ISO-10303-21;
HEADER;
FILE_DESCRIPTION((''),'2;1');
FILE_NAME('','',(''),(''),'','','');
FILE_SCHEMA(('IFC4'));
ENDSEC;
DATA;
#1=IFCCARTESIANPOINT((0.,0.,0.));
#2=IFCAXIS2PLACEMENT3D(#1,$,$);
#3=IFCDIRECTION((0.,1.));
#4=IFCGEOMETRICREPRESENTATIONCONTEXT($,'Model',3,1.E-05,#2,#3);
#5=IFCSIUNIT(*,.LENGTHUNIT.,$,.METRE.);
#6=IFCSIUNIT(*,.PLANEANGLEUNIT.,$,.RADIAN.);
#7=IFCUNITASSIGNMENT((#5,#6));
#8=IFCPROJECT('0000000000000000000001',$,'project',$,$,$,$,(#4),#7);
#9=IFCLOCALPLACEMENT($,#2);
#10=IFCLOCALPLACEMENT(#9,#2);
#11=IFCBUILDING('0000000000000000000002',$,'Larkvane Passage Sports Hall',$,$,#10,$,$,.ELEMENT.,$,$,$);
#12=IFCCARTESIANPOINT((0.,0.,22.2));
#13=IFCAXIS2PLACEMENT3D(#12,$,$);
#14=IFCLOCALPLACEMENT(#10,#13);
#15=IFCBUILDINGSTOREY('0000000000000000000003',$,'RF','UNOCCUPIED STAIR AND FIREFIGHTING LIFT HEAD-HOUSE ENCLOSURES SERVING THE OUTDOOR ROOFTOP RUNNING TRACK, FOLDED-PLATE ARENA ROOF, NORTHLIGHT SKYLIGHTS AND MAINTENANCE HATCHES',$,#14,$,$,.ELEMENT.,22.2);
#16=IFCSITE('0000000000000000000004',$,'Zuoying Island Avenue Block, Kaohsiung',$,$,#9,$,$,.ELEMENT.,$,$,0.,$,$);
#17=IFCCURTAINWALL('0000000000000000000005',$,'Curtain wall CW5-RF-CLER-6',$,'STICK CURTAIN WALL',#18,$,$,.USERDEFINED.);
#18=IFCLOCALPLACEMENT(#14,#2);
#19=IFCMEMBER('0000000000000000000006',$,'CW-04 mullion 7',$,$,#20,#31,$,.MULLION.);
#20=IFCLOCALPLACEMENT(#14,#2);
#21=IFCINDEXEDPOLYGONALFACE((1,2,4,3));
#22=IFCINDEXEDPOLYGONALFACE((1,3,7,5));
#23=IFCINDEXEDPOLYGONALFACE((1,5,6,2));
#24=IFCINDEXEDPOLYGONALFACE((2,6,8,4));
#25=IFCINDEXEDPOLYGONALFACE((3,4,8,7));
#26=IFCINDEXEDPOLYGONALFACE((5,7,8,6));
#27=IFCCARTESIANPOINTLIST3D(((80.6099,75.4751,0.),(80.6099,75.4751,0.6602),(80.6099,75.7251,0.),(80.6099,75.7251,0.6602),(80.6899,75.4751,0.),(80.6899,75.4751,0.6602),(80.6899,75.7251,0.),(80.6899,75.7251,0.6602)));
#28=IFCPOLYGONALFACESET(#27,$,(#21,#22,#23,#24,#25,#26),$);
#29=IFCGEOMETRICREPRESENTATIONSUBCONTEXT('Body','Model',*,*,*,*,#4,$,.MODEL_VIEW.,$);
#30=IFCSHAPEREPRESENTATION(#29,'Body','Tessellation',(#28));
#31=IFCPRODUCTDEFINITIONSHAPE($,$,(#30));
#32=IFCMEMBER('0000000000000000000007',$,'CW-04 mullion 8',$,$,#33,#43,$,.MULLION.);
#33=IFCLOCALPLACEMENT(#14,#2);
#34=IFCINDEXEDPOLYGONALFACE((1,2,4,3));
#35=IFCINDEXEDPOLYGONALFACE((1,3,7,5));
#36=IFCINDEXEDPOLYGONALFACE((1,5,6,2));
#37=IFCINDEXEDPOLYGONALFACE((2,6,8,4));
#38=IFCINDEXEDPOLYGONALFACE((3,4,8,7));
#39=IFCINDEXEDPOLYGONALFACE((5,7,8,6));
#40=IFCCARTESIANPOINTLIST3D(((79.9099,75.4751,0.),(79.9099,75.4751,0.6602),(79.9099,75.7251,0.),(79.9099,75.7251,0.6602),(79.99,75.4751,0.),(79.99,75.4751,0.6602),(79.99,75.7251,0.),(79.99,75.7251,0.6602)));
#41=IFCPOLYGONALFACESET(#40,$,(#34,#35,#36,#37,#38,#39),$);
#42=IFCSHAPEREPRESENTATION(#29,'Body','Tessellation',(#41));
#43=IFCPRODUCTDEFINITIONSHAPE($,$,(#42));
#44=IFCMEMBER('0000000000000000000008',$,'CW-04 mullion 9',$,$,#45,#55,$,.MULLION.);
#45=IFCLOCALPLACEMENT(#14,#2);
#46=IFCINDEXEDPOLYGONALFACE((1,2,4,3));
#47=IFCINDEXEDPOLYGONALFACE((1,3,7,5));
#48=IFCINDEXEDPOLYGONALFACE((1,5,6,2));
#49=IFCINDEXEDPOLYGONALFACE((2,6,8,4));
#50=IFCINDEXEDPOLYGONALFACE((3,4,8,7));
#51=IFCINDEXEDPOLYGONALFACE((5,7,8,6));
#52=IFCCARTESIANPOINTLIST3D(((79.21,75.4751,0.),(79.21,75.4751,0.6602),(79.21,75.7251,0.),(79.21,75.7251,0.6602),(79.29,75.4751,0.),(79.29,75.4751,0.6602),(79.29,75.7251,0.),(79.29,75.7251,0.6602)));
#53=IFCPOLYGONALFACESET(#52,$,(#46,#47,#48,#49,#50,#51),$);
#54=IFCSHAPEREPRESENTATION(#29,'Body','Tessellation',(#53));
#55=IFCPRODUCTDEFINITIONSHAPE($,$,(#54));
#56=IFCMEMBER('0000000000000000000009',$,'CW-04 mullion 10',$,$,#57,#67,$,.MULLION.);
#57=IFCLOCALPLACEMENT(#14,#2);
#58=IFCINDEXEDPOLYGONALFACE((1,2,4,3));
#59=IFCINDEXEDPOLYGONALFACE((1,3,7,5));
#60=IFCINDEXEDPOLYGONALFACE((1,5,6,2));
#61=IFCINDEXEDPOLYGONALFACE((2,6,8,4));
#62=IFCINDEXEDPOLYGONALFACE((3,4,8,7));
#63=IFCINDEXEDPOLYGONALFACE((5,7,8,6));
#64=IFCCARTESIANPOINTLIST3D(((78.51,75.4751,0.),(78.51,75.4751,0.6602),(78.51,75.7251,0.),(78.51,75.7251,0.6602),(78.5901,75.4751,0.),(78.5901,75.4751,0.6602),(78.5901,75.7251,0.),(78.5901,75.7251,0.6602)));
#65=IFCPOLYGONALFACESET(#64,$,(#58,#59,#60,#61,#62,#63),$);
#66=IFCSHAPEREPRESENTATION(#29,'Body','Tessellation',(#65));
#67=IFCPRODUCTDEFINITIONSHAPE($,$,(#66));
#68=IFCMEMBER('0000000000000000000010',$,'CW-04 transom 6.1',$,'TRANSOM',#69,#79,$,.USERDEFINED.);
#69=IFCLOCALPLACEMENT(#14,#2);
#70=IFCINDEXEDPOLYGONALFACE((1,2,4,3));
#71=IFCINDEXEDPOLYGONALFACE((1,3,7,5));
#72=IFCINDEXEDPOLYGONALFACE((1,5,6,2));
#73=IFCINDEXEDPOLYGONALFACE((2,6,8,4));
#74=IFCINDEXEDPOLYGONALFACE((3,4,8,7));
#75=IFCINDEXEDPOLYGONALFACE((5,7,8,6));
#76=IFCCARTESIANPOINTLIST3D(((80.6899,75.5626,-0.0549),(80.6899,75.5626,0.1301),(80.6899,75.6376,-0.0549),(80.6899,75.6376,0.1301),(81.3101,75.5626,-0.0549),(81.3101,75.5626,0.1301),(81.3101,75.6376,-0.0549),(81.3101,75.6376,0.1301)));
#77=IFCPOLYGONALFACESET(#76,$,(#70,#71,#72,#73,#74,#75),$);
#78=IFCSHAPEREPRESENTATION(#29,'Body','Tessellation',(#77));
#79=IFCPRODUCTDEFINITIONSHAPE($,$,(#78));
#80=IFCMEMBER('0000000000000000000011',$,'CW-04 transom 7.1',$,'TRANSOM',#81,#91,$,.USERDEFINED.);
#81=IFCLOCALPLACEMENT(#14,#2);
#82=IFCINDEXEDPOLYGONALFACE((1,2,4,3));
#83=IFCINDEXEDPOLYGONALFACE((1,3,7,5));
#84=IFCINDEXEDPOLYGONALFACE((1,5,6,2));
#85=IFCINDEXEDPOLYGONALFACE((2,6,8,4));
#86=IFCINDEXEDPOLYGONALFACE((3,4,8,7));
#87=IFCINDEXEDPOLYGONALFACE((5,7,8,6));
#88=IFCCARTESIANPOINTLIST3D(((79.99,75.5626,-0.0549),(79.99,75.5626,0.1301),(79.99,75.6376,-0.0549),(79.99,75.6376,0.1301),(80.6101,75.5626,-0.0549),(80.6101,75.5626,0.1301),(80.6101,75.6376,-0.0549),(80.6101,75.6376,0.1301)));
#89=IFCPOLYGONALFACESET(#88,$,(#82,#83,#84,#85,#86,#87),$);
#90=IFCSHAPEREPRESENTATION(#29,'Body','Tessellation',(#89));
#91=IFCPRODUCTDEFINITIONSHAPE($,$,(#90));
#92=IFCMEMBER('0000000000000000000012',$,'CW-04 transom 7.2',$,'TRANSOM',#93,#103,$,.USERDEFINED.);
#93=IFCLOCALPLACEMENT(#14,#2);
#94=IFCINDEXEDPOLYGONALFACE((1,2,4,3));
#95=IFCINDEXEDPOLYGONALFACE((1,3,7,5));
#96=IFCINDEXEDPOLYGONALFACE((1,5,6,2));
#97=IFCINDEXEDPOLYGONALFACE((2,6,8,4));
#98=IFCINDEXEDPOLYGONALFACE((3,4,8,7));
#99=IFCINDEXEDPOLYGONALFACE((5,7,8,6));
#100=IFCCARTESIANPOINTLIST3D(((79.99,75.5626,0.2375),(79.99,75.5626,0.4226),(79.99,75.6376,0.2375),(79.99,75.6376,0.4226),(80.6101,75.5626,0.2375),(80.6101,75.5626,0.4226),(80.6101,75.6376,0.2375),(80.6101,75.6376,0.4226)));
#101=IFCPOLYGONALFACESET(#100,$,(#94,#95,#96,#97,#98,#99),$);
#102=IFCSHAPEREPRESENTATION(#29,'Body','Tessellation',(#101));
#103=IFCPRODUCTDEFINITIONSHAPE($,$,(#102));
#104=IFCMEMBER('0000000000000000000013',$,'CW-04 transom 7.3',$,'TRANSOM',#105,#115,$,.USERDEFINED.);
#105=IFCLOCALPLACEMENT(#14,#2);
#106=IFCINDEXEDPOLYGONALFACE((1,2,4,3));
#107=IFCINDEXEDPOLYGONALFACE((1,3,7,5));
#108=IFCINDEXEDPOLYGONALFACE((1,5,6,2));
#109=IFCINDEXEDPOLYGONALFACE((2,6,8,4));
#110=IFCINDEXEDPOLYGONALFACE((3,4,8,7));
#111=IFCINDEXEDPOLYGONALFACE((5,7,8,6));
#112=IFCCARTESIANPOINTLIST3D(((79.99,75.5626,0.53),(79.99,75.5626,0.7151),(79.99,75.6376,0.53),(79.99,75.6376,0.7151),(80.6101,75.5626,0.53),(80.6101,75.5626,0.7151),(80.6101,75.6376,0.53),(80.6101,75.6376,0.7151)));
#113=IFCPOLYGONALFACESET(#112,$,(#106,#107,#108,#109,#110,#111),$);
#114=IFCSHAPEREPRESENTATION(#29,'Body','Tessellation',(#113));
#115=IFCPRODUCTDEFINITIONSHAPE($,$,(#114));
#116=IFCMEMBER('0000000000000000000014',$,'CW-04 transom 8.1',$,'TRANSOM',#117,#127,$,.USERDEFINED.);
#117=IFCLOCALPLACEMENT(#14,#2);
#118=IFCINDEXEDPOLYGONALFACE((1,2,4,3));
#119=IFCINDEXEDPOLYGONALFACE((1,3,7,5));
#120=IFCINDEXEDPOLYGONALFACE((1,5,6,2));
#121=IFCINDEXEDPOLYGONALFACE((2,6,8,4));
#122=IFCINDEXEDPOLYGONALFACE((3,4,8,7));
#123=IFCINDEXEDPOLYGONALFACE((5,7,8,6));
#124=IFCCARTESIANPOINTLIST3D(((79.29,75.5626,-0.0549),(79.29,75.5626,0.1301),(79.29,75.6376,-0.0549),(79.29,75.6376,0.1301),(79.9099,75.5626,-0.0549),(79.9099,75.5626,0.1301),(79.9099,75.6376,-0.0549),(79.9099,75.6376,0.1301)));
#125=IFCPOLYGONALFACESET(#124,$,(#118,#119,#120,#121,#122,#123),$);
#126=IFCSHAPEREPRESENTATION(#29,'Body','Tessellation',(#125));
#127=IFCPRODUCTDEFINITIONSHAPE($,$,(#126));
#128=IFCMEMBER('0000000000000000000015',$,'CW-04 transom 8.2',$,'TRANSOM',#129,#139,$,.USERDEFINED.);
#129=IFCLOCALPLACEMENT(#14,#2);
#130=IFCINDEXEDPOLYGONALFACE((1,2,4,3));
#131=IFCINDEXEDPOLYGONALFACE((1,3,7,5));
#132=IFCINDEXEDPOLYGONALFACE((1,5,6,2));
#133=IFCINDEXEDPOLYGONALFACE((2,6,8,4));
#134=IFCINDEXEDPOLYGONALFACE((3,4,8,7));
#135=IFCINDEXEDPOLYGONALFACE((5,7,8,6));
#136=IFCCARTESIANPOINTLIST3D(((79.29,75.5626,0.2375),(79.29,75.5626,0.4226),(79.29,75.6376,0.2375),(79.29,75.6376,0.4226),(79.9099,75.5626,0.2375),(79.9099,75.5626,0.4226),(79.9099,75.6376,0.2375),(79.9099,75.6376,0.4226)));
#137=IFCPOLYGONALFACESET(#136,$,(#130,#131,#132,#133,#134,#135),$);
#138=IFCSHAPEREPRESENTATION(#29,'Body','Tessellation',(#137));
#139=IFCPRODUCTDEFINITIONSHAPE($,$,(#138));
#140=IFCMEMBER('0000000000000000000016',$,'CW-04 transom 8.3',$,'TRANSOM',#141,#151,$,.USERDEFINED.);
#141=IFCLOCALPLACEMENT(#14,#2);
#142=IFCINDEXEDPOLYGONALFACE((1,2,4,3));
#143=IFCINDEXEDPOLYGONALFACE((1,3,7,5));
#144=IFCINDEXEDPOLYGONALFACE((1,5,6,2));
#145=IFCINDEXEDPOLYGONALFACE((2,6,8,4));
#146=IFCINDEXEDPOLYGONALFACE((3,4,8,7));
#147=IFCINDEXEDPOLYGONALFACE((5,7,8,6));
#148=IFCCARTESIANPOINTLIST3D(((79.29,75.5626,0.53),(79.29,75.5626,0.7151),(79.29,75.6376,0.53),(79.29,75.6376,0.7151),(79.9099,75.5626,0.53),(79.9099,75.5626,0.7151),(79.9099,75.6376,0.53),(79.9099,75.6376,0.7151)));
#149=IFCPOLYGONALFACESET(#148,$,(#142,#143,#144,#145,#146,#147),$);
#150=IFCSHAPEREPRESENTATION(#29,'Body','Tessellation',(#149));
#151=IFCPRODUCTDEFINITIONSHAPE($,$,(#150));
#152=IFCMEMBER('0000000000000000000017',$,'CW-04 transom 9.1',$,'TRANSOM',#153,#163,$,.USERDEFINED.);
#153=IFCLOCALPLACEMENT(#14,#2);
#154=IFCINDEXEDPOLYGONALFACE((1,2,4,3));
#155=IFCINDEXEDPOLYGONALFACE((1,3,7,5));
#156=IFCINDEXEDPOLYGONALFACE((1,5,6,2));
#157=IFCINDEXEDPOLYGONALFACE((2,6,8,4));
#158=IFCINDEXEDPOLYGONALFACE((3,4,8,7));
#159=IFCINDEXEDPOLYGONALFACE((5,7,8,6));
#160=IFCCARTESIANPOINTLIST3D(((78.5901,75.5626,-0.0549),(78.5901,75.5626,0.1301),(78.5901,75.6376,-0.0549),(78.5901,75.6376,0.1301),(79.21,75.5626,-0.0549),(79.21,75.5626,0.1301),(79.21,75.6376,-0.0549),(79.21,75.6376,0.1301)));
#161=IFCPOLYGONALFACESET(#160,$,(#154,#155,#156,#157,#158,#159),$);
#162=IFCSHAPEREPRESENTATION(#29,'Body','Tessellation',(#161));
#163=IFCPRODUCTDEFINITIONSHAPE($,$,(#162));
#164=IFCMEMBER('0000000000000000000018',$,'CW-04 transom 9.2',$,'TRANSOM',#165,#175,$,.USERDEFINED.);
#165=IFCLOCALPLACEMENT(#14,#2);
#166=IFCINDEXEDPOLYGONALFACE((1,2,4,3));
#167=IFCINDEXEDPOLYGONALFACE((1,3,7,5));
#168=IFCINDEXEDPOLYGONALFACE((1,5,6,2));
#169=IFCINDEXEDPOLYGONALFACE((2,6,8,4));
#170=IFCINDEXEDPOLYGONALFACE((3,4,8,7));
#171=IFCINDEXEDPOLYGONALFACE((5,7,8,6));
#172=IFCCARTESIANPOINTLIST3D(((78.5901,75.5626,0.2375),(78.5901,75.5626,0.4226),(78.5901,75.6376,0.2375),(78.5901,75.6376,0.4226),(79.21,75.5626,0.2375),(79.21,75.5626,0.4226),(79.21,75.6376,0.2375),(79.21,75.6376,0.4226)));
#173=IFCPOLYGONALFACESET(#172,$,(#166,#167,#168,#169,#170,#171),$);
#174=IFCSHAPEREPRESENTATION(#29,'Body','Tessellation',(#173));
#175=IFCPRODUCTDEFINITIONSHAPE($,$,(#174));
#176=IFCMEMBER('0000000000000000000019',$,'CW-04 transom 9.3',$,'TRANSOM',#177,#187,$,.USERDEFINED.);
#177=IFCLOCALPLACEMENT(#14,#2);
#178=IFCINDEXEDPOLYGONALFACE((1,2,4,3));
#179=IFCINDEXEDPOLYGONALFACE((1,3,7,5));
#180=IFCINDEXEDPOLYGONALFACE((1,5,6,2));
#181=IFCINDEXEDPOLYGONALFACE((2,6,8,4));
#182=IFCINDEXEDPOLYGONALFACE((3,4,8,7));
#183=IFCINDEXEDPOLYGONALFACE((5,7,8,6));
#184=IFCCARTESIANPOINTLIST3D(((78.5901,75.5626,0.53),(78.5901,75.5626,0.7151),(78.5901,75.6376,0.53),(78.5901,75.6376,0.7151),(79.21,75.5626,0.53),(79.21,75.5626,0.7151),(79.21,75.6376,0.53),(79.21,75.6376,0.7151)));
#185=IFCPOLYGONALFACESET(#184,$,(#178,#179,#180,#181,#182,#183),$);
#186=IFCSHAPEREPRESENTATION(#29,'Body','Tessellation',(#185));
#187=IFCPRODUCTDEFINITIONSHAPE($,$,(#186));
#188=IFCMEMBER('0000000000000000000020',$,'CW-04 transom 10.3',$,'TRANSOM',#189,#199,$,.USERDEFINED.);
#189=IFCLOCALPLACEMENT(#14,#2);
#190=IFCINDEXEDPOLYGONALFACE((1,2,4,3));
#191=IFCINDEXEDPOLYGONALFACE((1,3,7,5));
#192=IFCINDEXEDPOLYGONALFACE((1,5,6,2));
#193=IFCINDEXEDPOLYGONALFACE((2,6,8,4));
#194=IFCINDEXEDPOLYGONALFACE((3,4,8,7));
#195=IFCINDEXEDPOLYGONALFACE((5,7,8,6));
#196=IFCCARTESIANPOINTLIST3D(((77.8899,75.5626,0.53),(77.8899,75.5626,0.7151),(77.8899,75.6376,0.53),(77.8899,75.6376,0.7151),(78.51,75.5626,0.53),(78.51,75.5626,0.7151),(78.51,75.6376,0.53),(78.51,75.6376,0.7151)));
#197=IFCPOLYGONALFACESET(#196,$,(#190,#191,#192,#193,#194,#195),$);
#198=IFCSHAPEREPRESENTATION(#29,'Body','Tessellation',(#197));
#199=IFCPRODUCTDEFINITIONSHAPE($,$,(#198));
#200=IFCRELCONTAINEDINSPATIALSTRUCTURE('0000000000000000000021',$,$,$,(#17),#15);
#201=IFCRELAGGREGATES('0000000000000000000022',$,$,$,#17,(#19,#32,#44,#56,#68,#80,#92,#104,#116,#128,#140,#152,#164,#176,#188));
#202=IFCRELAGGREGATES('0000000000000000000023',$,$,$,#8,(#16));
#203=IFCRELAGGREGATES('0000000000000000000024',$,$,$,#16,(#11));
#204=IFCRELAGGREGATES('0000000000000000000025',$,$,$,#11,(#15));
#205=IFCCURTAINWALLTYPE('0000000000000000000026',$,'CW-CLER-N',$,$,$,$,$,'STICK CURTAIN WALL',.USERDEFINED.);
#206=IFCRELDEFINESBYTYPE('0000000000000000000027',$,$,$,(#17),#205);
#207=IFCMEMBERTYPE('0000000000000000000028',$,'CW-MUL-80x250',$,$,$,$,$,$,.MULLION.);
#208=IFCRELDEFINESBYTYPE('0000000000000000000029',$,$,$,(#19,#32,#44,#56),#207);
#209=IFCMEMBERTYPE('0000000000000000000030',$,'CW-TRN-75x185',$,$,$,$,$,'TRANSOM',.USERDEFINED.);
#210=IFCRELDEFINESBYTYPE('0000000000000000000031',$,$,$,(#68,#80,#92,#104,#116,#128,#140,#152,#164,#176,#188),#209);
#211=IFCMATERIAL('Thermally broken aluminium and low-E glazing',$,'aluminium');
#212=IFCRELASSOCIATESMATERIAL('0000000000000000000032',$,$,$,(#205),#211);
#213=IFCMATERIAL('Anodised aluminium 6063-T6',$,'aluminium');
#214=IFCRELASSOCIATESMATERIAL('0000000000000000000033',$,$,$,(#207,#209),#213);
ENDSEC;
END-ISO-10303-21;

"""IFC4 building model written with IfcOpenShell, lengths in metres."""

from ifc_helpers import new_model, si_unit, direction, frame, origin, origin_2d, place, context, subcontext, project, spatial, rectangle, extrude, material, material_profile, profile_set, type_object, element, aggregate, save


model = new_model("IFC4")

# Units and contexts
model_context = context("Model", 3, precision=1e-05, world=origin(), true_north=direction((0.0, 1.0)))
body_context = subcontext(model_context, "Body", "Model", "MODEL_VIEW")
ifc_project = project(units=[si_unit("LENGTHUNIT", "METRE"), si_unit("PLANEANGLEUNIT", "RADIAN")], contexts=[model_context])

# Site, building, storey
site_placement = place(None, origin())
site = spatial("IfcSite", under=ifc_project, at=site_placement, Name="Zuoying Island Avenue Block, Kaohsiung", CompositionType="ELEMENT", RefElevation=0.0)
building_placement = place(site_placement, origin())
building = spatial("IfcBuilding", under=site, at=building_placement, Name="Larkvane Passage Sports Hall", CompositionType="ELEMENT")
storey_placement = place(building_placement, frame((0.0, 0.0, 22.2)))
storey = spatial("IfcBuildingStorey", under=building, at=storey_placement, Name="RF", Description="UNOCCUPIED STAIR AND FIREFIGHTING LIFT HEAD-HOUSE ENCLOSURES SERVING THE OUTDOOR ROOFTOP RUNNING TRACK, FOLDED-PLATE ARENA ROOF, NORTHLIGHT SKYLIGHTS AND MAINTENANCE HATCHES", CompositionType="ELEMENT", Elevation=22.2)

# Curtain wall, members
ifc_material_1 = material(Name="Thermally broken aluminium and low-E glazing", Category="aluminium")
curtain_wall_type = type_object("IfcCurtainWallType", Name="CW-CLER-N", ElementType="STICK CURTAIN WALL", PredefinedType="USERDEFINED", material=ifc_material_1)
curtain_wall_placement = place(storey_placement, origin())
curtain_wall = element("IfcCurtainWall", 1, at=curtain_wall_placement, inside=storey, type_object=curtain_wall_type, Name="Curtain wall CW5-RF-CLER-6", ObjectType="STICK CURTAIN WALL", PredefinedType="USERDEFINED")
ifc_material_2 = material(Name="Anodised aluminium 6063-T6", Category="aluminium")
ifc_material_profile_1 = material_profile(ifc_material_2, rectangle(XDim=0.0801, YDim=0.25, at=origin_2d()), Name="ALU-MUL-80x250")
ifc_profile_set_1 = profile_set([ifc_material_profile_1], Name="Anodised aluminium 6063-T6")
member_type_1 = type_object("IfcMemberType", Name="CW-MUL-80x250", PredefinedType="MULLION", material=ifc_profile_set_1)
member_1_placement = place(storey_placement, frame((80.6499, 75.6001, 0.0), z_axis=(0.0, 0.0, 1.0), x_axis=(-1.0, 0.0, 0.0)))
member_1 = element("IfcMember", 2, at=member_1_placement, type_object=member_type_1, Name="CW-04 mullion 7", PredefinedType="MULLION", context=body_context, shape_type="SweptSolid", body=[
    extrude(rectangle(XDim=0.0801, YDim=0.25, at=origin_2d()), origin(), (0.0, 0.0, 1.0), 0.6602),
])
member_2_placement = place(storey_placement, frame((79.95, 75.6001, 0.0), z_axis=(0.0, 0.0, 1.0), x_axis=(-1.0, 0.0, 0.0)))
member_2 = element("IfcMember", 3, at=member_2_placement, type_object=member_type_1, Name="CW-04 mullion 8", PredefinedType="MULLION", context=body_context, shape_type="SweptSolid", body=[
    extrude(rectangle(XDim=0.0801, YDim=0.25, at=origin_2d()), origin(), (0.0, 0.0, 1.0), 0.6602),
])
member_3_placement = place(storey_placement, frame((79.25, 75.6001, 0.0), z_axis=(0.0, 0.0, 1.0), x_axis=(-1.0, 0.0, 0.0)))
member_3 = element("IfcMember", 4, at=member_3_placement, type_object=member_type_1, Name="CW-04 mullion 9", PredefinedType="MULLION", context=body_context, shape_type="SweptSolid", body=[
    extrude(rectangle(XDim=0.0801, YDim=0.25, at=origin_2d()), origin(), (0.0, 0.0, 1.0), 0.6602),
])
member_4_placement = place(storey_placement, frame((78.55, 75.6001, 0.0), z_axis=(0.0, 0.0, 1.0), x_axis=(-1.0, 0.0, 0.0)))
member_4 = element("IfcMember", 5, at=member_4_placement, type_object=member_type_1, Name="CW-04 mullion 10", PredefinedType="MULLION", context=body_context, shape_type="SweptSolid", body=[
    extrude(rectangle(XDim=0.0801, YDim=0.25, at=origin_2d()), origin(), (0.0, 0.0, 1.0), 0.6602),
])
ifc_material_profile_2 = material_profile(ifc_material_2, rectangle(XDim=0.075, YDim=0.1851, at=origin_2d()), Name="ALU-TRN-75x185")
ifc_profile_set_2 = profile_set([ifc_material_profile_2], Name="Anodised aluminium 6063-T6")
member_type_2 = type_object("IfcMemberType", Name="CW-TRN-75x185", ElementType="TRANSOM", PredefinedType="USERDEFINED", material=ifc_profile_set_2)
member_5_placement = place(storey_placement, frame((81.3101, 75.6001, 0.0376), z_axis=(-1.0, 0.0, 0.0), x_axis=(0.0, -1.0, 0.0)))
member_5 = element("IfcMember", 6, at=member_5_placement, type_object=member_type_2, Name="CW-04 transom 6.1", ObjectType="TRANSOM", PredefinedType="USERDEFINED", context=body_context, shape_type="SweptSolid", body=[
    extrude(rectangle(XDim=0.075, YDim=0.1851, at=origin_2d()), origin(), (0.0, 0.0, 1.0), 0.6201),
])
member_6_placement = place(storey_placement, frame((80.6101, 75.6001, 0.0376), z_axis=(-1.0, 0.0, 0.0), x_axis=(0.0, -1.0, 0.0)))
member_6 = element("IfcMember", 7, at=member_6_placement, type_object=member_type_2, Name="CW-04 transom 7.1", ObjectType="TRANSOM", PredefinedType="USERDEFINED", context=body_context, shape_type="SweptSolid", body=[
    extrude(rectangle(XDim=0.075, YDim=0.1851, at=origin_2d()), origin(), (0.0, 0.0, 1.0), 0.6201),
])
member_7_placement = place(storey_placement, frame((80.6101, 75.6001, 0.3301), z_axis=(-1.0, 0.0, 0.0), x_axis=(0.0, -1.0, 0.0)))
member_7 = element("IfcMember", 8, at=member_7_placement, type_object=member_type_2, Name="CW-04 transom 7.2", ObjectType="TRANSOM", PredefinedType="USERDEFINED", context=body_context, shape_type="SweptSolid", body=[
    extrude(rectangle(XDim=0.075, YDim=0.1851, at=origin_2d()), origin(), (0.0, 0.0, 1.0), 0.6201),
])
member_8_placement = place(storey_placement, frame((80.6101, 75.6001, 0.6226), z_axis=(-1.0, 0.0, 0.0), x_axis=(0.0, -1.0, 0.0)))
member_8 = element("IfcMember", 9, at=member_8_placement, type_object=member_type_2, Name="CW-04 transom 7.3", ObjectType="TRANSOM", PredefinedType="USERDEFINED", context=body_context, shape_type="SweptSolid", body=[
    extrude(rectangle(XDim=0.075, YDim=0.1851, at=origin_2d()), origin(), (0.0, 0.0, 1.0), 0.6201),
])
member_9_placement = place(storey_placement, frame((79.9099, 75.6001, 0.0376), z_axis=(-1.0, 0.0, 0.0), x_axis=(0.0, -1.0, 0.0)))
member_9 = element("IfcMember", 10, at=member_9_placement, type_object=member_type_2, Name="CW-04 transom 8.1", ObjectType="TRANSOM", PredefinedType="USERDEFINED", context=body_context, shape_type="SweptSolid", body=[
    extrude(rectangle(XDim=0.075, YDim=0.1851, at=origin_2d()), origin(), (0.0, 0.0, 1.0), 0.6199),
])
member_10_placement = place(storey_placement, frame((79.9099, 75.6001, 0.3301), z_axis=(-1.0, 0.0, 0.0), x_axis=(0.0, -1.0, 0.0)))
member_10 = element("IfcMember", 11, at=member_10_placement, type_object=member_type_2, Name="CW-04 transom 8.2", ObjectType="TRANSOM", PredefinedType="USERDEFINED", context=body_context, shape_type="SweptSolid", body=[
    extrude(rectangle(XDim=0.075, YDim=0.1851, at=origin_2d()), origin(), (0.0, 0.0, 1.0), 0.6199),
])
member_11_placement = place(storey_placement, frame((79.9099, 75.6001, 0.6226), z_axis=(-1.0, 0.0, 0.0), x_axis=(0.0, -1.0, 0.0)))
member_11 = element("IfcMember", 12, at=member_11_placement, type_object=member_type_2, Name="CW-04 transom 8.3", ObjectType="TRANSOM", PredefinedType="USERDEFINED", context=body_context, shape_type="SweptSolid", body=[
    extrude(rectangle(XDim=0.075, YDim=0.1851, at=origin_2d()), origin(), (0.0, 0.0, 1.0), 0.6199),
])
member_12_placement = place(storey_placement, frame((79.21, 75.6001, 0.0376), z_axis=(-1.0, 0.0, 0.0), x_axis=(0.0, -1.0, 0.0)))
member_12 = element("IfcMember", 13, at=member_12_placement, type_object=member_type_2, Name="CW-04 transom 9.1", ObjectType="TRANSOM", PredefinedType="USERDEFINED", context=body_context, shape_type="SweptSolid", body=[
    extrude(rectangle(XDim=0.075, YDim=0.1851, at=origin_2d()), origin(), (0.0, 0.0, 1.0), 0.6199),
])
member_13_placement = place(storey_placement, frame((79.21, 75.6001, 0.3301), z_axis=(-1.0, 0.0, 0.0), x_axis=(0.0, -1.0, 0.0)))
member_13 = element("IfcMember", 14, at=member_13_placement, type_object=member_type_2, Name="CW-04 transom 9.2", ObjectType="TRANSOM", PredefinedType="USERDEFINED", context=body_context, shape_type="SweptSolid", body=[
    extrude(rectangle(XDim=0.075, YDim=0.1851, at=origin_2d()), origin(), (0.0, 0.0, 1.0), 0.6199),
])
member_14_placement = place(storey_placement, frame((79.21, 75.6001, 0.6226), z_axis=(-1.0, 0.0, 0.0), x_axis=(0.0, -1.0, 0.0)))
member_14 = element("IfcMember", 15, at=member_14_placement, type_object=member_type_2, Name="CW-04 transom 9.3", ObjectType="TRANSOM", PredefinedType="USERDEFINED", context=body_context, shape_type="SweptSolid", body=[
    extrude(rectangle(XDim=0.075, YDim=0.1851, at=origin_2d()), origin(), (0.0, 0.0, 1.0), 0.6199),
])
member_15_placement = place(storey_placement, frame((78.51, 75.6001, 0.6226), z_axis=(-1.0, 0.0, 0.0), x_axis=(0.0, -1.0, 0.0)))
member_15 = element("IfcMember", 16, at=member_15_placement, type_object=member_type_2, Name="CW-04 transom 10.3", ObjectType="TRANSOM", PredefinedType="USERDEFINED", context=body_context, shape_type="SweptSolid", body=[
    extrude(rectangle(XDim=0.075, YDim=0.1851, at=origin_2d()), origin(), (0.0, 0.0, 1.0), 0.6201),
])

aggregate(curtain_wall, [member_1, member_2, member_3, member_4, member_5, member_6, member_7, member_8, member_9, member_10, member_11, member_12, member_13, member_14, member_15])

save(model, "model.ifc")
